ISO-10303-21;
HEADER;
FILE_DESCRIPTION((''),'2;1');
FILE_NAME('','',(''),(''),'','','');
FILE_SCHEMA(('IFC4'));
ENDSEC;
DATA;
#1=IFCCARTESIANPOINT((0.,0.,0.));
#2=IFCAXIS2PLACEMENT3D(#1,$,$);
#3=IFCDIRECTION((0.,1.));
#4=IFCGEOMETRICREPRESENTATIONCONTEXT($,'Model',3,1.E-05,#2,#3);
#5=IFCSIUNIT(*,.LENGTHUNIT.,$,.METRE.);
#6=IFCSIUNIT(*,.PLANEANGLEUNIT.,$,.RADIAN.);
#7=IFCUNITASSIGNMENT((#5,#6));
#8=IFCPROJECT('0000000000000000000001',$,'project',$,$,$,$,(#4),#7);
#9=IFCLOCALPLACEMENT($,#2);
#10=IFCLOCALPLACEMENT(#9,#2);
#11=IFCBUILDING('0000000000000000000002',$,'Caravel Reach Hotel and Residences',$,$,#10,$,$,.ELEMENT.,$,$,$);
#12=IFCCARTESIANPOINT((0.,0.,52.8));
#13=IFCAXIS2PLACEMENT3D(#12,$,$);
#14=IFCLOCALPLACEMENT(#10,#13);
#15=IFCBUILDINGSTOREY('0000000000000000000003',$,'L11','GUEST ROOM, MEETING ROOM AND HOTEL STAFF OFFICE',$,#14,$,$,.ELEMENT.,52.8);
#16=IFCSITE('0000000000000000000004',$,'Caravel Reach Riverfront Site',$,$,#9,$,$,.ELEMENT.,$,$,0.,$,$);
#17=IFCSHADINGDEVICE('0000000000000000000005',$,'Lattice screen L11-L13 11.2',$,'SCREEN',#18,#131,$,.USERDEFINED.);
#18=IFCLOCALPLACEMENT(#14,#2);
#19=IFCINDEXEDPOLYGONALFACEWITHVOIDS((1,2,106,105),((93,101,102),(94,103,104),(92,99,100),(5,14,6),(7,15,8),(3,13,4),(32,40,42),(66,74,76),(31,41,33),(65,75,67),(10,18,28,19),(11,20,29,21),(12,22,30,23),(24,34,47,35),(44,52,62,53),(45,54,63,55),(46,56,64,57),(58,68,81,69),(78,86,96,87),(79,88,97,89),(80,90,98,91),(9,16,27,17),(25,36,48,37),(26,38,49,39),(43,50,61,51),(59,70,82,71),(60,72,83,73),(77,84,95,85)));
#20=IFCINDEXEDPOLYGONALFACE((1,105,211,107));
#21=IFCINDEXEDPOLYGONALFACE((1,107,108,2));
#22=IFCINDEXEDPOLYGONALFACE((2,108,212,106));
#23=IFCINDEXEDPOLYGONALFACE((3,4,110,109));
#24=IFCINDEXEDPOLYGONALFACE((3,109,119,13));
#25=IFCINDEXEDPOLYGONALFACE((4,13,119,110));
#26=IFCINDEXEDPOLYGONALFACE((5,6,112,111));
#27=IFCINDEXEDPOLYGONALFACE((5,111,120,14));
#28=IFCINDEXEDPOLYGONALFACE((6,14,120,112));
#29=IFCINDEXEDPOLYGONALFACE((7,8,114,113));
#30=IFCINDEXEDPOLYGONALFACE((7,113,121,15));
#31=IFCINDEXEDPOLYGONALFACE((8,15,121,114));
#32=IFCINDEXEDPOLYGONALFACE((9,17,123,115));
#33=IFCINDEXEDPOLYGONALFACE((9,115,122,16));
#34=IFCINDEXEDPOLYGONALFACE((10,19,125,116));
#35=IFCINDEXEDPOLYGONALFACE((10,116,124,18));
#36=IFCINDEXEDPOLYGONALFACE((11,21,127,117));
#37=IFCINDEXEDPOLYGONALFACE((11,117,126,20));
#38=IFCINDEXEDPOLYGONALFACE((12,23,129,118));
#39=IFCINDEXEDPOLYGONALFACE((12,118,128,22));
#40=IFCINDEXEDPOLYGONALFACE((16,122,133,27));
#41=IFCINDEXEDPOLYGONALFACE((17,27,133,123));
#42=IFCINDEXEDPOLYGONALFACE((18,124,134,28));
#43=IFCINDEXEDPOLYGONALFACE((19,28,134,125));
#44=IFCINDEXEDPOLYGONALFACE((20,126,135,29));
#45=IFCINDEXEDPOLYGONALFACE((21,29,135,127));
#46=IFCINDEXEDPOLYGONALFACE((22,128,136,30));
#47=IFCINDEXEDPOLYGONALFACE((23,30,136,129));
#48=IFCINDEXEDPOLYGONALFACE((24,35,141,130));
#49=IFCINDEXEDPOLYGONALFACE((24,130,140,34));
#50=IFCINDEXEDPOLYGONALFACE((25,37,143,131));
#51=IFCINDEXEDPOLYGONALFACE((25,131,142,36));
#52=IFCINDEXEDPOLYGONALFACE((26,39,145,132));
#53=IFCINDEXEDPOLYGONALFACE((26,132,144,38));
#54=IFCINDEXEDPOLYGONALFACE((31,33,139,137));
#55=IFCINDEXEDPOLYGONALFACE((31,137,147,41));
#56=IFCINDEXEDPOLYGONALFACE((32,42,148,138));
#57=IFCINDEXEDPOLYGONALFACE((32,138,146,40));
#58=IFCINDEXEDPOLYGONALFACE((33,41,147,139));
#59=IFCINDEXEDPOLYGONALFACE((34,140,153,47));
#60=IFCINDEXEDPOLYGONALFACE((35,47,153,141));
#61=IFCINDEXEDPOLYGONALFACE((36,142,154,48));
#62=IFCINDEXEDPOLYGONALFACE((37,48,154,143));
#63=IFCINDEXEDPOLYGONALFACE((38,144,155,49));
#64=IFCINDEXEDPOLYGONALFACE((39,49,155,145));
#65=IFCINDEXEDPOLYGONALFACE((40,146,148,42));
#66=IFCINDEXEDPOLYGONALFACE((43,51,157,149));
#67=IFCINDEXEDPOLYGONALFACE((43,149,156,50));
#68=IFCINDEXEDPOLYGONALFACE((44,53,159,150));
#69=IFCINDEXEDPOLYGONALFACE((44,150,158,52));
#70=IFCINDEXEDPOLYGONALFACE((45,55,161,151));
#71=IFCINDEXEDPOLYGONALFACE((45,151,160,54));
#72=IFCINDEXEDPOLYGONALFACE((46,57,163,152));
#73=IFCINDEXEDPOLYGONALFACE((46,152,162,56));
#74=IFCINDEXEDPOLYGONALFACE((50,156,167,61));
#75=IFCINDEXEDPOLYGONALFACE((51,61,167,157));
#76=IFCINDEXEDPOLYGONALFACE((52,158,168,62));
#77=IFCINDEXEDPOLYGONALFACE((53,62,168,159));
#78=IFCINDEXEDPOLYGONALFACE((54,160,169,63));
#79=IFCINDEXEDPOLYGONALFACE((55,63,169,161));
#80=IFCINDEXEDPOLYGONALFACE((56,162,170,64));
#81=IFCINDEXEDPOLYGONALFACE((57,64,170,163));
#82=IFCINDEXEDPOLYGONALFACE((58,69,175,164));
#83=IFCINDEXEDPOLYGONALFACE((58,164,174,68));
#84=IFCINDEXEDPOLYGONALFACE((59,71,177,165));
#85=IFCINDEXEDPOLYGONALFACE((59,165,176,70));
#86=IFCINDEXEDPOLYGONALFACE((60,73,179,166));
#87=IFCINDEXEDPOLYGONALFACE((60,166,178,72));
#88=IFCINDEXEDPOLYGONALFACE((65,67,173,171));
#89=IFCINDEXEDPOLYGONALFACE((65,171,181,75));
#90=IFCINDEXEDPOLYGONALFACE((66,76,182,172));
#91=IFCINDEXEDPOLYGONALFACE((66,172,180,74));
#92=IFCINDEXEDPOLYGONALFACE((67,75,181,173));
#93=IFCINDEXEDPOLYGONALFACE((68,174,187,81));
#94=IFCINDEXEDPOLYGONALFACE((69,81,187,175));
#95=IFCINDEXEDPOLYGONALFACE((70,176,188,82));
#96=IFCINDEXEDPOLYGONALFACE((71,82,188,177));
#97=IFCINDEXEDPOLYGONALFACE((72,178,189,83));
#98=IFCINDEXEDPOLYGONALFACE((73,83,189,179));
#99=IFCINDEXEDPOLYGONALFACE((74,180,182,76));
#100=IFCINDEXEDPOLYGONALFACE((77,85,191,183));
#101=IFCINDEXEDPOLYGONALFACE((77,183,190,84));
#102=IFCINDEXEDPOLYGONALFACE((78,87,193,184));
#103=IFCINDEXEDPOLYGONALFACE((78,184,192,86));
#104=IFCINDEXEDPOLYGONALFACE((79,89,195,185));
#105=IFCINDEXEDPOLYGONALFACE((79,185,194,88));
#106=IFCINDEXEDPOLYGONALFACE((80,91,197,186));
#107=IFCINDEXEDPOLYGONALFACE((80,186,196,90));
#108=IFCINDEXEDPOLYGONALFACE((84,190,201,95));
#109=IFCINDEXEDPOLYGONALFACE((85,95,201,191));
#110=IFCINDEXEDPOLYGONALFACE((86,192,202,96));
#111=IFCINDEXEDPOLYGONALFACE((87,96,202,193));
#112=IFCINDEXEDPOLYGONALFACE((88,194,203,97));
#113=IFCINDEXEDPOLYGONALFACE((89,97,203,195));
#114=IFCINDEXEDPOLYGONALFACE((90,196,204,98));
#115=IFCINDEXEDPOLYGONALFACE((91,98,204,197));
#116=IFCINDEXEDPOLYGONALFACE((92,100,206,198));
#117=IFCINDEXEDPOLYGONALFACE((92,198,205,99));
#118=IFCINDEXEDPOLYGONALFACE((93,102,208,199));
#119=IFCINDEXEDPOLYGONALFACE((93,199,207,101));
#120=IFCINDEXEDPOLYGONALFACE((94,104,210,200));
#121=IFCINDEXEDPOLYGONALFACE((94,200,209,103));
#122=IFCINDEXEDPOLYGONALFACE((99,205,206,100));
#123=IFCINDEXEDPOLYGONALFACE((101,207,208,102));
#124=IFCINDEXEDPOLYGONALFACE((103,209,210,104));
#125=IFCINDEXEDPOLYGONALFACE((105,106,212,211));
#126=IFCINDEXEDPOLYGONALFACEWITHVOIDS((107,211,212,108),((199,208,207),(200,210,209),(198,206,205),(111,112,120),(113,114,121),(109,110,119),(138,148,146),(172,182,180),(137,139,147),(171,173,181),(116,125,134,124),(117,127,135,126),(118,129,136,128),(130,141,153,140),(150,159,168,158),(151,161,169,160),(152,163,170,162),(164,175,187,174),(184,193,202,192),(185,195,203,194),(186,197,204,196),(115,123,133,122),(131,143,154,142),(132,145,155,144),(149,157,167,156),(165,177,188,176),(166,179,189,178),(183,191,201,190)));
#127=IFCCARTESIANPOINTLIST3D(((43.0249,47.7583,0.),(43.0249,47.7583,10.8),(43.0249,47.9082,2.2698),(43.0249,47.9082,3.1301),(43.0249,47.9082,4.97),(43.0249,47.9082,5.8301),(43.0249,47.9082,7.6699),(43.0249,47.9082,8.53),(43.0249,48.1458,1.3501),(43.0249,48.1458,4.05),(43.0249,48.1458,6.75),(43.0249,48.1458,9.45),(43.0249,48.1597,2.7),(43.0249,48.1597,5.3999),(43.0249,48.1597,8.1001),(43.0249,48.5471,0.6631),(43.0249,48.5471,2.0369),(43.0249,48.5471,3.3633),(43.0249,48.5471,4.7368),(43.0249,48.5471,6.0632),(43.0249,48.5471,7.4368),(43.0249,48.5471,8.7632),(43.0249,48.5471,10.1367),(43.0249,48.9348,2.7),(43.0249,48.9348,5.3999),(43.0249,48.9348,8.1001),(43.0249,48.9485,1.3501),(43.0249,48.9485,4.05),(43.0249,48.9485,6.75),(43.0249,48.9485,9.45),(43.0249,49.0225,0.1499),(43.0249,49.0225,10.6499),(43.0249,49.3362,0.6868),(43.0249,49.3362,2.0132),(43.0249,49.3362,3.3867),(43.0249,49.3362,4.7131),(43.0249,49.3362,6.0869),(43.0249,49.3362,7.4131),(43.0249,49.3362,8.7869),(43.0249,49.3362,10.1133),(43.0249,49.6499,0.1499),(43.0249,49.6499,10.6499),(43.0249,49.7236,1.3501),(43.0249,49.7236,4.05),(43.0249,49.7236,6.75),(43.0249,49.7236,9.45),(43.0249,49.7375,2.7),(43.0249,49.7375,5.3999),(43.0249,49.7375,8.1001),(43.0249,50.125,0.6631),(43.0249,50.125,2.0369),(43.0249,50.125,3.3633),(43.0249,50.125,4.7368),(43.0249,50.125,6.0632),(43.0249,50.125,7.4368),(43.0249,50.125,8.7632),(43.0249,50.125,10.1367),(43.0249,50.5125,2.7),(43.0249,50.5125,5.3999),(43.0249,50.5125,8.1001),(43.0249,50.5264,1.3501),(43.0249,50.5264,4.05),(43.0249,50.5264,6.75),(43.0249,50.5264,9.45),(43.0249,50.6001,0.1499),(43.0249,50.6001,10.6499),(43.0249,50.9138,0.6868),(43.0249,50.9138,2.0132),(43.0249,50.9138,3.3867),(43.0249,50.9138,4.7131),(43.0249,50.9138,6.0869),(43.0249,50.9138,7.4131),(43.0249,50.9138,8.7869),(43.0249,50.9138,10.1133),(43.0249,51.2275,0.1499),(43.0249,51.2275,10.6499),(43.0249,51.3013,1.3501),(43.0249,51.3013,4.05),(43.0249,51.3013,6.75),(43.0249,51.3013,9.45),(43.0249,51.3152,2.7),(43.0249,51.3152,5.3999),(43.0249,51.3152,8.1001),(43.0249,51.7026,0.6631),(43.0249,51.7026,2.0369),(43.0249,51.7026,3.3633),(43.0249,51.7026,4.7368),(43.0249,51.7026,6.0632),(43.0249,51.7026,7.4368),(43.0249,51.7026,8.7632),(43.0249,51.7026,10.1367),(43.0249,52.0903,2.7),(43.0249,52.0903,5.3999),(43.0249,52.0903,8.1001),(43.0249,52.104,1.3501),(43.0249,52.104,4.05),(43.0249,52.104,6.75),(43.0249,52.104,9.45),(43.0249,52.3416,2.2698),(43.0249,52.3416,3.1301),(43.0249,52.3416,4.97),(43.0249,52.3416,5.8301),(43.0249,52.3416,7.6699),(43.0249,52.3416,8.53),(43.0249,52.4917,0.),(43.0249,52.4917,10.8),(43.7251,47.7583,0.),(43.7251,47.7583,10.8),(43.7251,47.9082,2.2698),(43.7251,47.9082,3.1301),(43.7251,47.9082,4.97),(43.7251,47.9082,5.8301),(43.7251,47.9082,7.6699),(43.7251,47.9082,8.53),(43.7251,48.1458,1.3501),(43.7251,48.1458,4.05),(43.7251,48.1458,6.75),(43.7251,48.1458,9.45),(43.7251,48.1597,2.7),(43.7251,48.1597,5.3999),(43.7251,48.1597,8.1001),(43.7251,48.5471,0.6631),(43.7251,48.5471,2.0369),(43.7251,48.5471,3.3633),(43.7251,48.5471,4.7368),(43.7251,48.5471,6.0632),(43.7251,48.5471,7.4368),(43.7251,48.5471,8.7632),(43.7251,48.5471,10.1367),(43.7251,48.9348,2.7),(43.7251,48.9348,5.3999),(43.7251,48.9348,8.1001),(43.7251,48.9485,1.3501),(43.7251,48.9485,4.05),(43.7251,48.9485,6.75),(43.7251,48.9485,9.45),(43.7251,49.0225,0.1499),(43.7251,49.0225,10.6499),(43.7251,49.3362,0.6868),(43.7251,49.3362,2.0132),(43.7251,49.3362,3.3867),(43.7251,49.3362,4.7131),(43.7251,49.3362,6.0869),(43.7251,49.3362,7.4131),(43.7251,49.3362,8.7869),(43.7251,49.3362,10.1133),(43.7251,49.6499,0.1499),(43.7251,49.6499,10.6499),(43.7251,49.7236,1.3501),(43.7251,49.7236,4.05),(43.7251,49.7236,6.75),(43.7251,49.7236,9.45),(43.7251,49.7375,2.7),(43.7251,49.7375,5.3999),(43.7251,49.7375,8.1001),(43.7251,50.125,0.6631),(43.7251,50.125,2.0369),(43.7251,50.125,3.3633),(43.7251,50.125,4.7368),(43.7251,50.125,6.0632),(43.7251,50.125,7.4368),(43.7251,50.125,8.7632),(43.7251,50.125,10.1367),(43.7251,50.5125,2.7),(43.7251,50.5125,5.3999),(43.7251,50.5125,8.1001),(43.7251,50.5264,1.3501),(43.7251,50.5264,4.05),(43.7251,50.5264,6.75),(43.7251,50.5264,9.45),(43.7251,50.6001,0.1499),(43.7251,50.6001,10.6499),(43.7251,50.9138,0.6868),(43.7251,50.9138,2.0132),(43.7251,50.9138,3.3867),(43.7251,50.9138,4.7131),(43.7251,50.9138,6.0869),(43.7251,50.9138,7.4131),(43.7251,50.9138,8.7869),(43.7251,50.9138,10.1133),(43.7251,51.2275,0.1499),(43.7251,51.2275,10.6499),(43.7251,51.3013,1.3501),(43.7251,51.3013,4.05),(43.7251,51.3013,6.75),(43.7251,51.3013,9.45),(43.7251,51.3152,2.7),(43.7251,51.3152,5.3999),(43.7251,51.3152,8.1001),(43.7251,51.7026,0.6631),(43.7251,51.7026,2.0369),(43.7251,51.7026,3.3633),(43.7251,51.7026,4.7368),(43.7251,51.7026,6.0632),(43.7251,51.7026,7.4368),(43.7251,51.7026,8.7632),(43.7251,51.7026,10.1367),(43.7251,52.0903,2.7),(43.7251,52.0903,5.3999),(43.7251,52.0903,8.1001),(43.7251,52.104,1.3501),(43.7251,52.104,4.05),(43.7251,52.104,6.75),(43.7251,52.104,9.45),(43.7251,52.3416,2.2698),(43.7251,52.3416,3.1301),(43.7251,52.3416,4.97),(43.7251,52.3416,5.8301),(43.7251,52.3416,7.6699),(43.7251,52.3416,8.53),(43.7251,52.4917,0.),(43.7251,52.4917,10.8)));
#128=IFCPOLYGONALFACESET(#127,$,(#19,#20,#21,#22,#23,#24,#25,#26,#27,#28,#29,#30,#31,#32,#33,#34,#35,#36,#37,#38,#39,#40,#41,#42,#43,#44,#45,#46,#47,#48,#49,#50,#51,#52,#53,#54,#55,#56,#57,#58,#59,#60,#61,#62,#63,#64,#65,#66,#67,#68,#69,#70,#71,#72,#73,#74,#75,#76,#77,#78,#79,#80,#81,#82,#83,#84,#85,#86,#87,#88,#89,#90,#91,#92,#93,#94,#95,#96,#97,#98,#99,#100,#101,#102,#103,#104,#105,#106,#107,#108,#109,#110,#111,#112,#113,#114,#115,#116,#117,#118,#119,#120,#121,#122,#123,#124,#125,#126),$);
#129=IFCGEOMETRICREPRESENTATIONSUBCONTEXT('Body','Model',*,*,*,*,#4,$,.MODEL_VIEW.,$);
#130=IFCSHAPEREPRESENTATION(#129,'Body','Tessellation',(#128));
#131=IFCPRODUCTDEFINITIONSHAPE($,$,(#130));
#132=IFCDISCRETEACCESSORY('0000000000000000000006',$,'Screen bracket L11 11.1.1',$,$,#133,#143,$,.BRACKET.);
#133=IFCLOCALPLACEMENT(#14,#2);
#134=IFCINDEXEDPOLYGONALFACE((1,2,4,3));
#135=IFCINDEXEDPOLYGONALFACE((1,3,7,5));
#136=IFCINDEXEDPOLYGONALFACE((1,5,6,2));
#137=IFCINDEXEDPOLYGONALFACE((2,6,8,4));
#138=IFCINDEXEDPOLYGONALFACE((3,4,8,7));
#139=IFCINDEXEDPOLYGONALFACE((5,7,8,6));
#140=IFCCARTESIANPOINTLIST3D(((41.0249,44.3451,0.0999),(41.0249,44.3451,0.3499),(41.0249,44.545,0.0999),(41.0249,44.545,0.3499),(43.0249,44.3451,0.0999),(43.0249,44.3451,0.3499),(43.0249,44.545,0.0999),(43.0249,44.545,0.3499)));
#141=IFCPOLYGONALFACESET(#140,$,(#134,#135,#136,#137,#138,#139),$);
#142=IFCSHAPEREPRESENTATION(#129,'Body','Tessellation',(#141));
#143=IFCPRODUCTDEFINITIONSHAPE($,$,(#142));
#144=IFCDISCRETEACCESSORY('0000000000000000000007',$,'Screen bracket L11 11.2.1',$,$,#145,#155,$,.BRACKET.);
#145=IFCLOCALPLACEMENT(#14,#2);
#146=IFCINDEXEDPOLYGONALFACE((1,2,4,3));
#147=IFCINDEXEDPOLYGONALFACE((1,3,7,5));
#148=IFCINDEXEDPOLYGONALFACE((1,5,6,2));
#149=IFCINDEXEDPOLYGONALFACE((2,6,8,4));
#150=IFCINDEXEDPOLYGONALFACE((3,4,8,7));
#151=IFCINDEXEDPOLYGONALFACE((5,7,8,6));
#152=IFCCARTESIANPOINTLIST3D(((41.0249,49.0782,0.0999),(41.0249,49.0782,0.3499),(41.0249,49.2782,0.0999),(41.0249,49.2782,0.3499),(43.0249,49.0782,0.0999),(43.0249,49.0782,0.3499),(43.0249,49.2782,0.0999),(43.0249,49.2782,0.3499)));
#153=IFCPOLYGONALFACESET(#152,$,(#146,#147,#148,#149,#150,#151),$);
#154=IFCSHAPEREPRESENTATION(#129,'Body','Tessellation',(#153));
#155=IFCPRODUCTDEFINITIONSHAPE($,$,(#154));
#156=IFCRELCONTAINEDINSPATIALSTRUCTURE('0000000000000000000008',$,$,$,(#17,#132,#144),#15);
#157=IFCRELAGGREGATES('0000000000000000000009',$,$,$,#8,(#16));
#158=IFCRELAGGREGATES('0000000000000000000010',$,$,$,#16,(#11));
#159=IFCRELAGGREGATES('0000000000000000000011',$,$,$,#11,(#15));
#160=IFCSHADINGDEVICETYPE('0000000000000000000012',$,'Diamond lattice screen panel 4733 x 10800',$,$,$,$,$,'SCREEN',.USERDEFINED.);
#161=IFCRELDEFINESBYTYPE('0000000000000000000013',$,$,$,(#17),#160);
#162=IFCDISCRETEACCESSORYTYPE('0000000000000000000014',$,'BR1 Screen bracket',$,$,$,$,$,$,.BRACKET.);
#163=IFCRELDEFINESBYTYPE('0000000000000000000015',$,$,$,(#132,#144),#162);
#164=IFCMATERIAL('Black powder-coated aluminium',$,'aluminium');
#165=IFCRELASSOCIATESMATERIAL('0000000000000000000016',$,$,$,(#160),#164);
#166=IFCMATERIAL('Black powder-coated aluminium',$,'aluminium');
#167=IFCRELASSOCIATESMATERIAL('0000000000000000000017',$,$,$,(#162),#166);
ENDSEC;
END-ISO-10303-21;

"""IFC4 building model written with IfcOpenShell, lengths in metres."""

from ifc_helpers import new_model, si_unit, direction, frame, origin, origin_2d, place, context, subcontext, project, spatial, polyline, rectangle, outline, extrude, material, type_object, element, save


model = new_model("IFC4")

# Units and contexts
model_context = context("Model", 3, precision=1e-05, world=origin(), true_north=direction((0.0, 1.0)))
body_context = subcontext(model_context, "Body", "Model", "MODEL_VIEW")
ifc_project = project(units=[si_unit("LENGTHUNIT", "METRE"), si_unit("PLANEANGLEUNIT", "RADIAN")], contexts=[model_context])

# Site, building, storey
site_placement = place(None, origin())
site = spatial("IfcSite", under=ifc_project, at=site_placement, Name="Caravel Reach Riverfront Site", CompositionType="ELEMENT", RefElevation=0.0)
building_placement = place(site_placement, origin())
building = spatial("IfcBuilding", under=site, at=building_placement, Name="Caravel Reach Hotel and Residences", CompositionType="ELEMENT")
storey_placement = place(building_placement, frame((0.0, 0.0, 52.8)))
storey = spatial("IfcBuildingStorey", under=building, at=storey_placement, Name="L11", Description="GUEST ROOM, MEETING ROOM AND HOTEL STAFF OFFICE", CompositionType="ELEMENT", Elevation=52.8)

# Shading device
ifc_material_1 = material(Name="Black powder-coated aluminium", Category="aluminium")
shading_device_type = type_object("IfcShadingDeviceType", Name="Diamond lattice screen panel 4733 x 10800", ElementType="SCREEN", PredefinedType="USERDEFINED", material=ifc_material_1)
shading_device_1_placement = place(storey_placement, frame((43.0249, 47.7583, 0.0), z_axis=(1.0, 0.0, 0.0), x_axis=(0.0, 1.0, 0.0)))
element("IfcShadingDevice", 1, at=shading_device_1_placement, inside=storey, type_object=shading_device_type, Name="Lattice screen L11-L13 11.2", ObjectType="SCREEN", PredefinedType="USERDEFINED", context=body_context, shape_type="SweptSolid", body=[
    extrude(outline(polyline([(0.0, 0.0), (4.7334, 0.0), (4.7334, 10.8), (0.0, 10.8), (0.0, 0.0)]), holes=[polyline([(0.4014, 2.7), (0.1499, 3.1301), (0.1499, 2.2698), (0.4014, 2.7)]), polyline([(0.4014, 5.3999), (0.1499, 5.8301), (0.1499, 4.97), (0.4014, 5.3999)]), polyline([(0.4014, 8.1001), (0.1499, 8.53), (0.1499, 7.6699), (0.4014, 8.1001)]), polyline([(0.7888, 2.0369), (0.3875, 1.3501), (0.7888, 0.6631), (1.1902, 1.3501), (0.7888, 2.0369)]), polyline([(0.7888, 4.7368), (0.3875, 4.05), (0.7888, 3.3633), (1.1902, 4.05), (0.7888, 4.7368)]), polyline([(0.7888, 7.4368), (0.3875, 6.75), (0.7888, 6.0632), (1.1902, 6.75), (0.7888, 7.4368)]), polyline([(0.7888, 10.1367), (0.3875, 9.45), (0.7888, 8.7632), (1.1902, 9.45), (0.7888, 10.1367)]), polyline([(1.5779, 0.6868), (1.2642, 0.1499), (1.8916, 0.1499), (1.5779, 0.6868)]), polyline([(1.5779, 3.3867), (1.1765, 2.7), (1.5779, 2.0132), (1.9792, 2.7), (1.5779, 3.3867)]), polyline([(1.5779, 6.0869), (1.1765, 5.3999), (1.5779, 4.7131), (1.9792, 5.3999), (1.5779, 6.0869)]), polyline([(1.5779, 8.7869), (1.1765, 8.1001), (1.5779, 7.4131), (1.9792, 8.1001), (1.5779, 8.7869)]), polyline([(1.5779, 10.1133), (1.8916, 10.6499), (1.2642, 10.6499), (1.5779, 10.1133)]), polyline([(2.3667, 2.0369), (1.9653, 1.3501), (2.3667, 0.6631), (2.7681, 1.3501), (2.3667, 2.0369)]), polyline([(2.3667, 4.7368), (1.9653, 4.05), (2.3667, 3.3633), (2.7681, 4.05), (2.3667, 4.7368)]), polyline([(2.3667, 7.4368), (1.9653, 6.75), (2.3667, 6.0632), (2.7681, 6.75), (2.3667, 7.4368)]), polyline([(2.3667, 10.1367), (1.9653, 9.45), (2.3667, 8.7632), (2.7681, 9.45), (2.3667, 10.1367)]), polyline([(3.1555, 0.6868), (2.8418, 0.1499), (3.4692, 0.1499), (3.1555, 0.6868)]), polyline([(3.1555, 3.3867), (2.7542, 2.7), (3.1555, 2.0132), (3.5569, 2.7), (3.1555, 3.3867)]), polyline([(3.1555, 6.0869), (2.7542, 5.3999), (3.1555, 4.7131), (3.5569, 5.3999), (3.1555, 6.0869)]), polyline([(3.1555, 8.7869), (2.7542, 8.1001), (3.1555, 7.4131), (3.5569, 8.1001), (3.1555, 8.7869)]), polyline([(3.1555, 10.1133), (3.4692, 10.6499), (2.8418, 10.6499), (3.1555, 10.1133)]), polyline([(3.9443, 2.0369), (3.543, 1.3501), (3.9443, 0.6631), (4.3457, 1.3501), (3.9443, 2.0369)]), polyline([(3.9443, 4.7368), (3.543, 4.05), (3.9443, 3.3633), (4.3457, 4.05), (3.9443, 4.7368)]), polyline([(3.9443, 7.4368), (3.543, 6.75), (3.9443, 6.0632), (4.3457, 6.75), (3.9443, 7.4368)]), polyline([(3.9443, 10.1367), (3.543, 9.45), (3.9443, 8.7632), (4.3457, 9.45), (3.9443, 10.1367)]), polyline([(4.332, 2.7), (4.5833, 2.2698), (4.5833, 3.1301), (4.332, 2.7)]), polyline([(4.332, 5.3999), (4.5833, 4.97), (4.5833, 5.8301), (4.332, 5.3999)]), polyline([(4.332, 8.1001), (4.5833, 7.6699), (4.5833, 8.53), (4.332, 8.1001)])]), origin(), (0.0, 0.0, 1.0), 0.7002),
])

# Discrete accessories
ifc_material_2 = material(Name="Black powder-coated aluminium", Category="aluminium")
discrete_accessory_type = type_object("IfcDiscreteAccessoryType", Name="BR1 Screen bracket", PredefinedType="BRACKET", material=ifc_material_2)
for number, where, z_axis, x_axis, name in (
    (2, (42.0249, 44.4451, 0.0999), (0.0, 0.0, 1.0), (1.0, 0.0, 0.0), "Screen bracket L11 11.1.1"),
    (3, (42.0249, 49.1782, 0.0999), (0.0, 0.0, 1.0), (1.0, 0.0, 0.0), "Screen bracket L11 11.2.1"),
):
    element("IfcDiscreteAccessory", number, at=place(storey_placement, frame(where, z_axis=z_axis, x_axis=x_axis)), inside=storey, type_object=discrete_accessory_type, Name=name, PredefinedType="BRACKET", context=body_context, shape_type="SweptSolid", body=[
        extrude(rectangle(XDim=2.0, YDim=0.2, at=origin_2d()), origin(), (0.0, 0.0, 1.0), 0.25),
    ])

save(model, "model.ifc")
